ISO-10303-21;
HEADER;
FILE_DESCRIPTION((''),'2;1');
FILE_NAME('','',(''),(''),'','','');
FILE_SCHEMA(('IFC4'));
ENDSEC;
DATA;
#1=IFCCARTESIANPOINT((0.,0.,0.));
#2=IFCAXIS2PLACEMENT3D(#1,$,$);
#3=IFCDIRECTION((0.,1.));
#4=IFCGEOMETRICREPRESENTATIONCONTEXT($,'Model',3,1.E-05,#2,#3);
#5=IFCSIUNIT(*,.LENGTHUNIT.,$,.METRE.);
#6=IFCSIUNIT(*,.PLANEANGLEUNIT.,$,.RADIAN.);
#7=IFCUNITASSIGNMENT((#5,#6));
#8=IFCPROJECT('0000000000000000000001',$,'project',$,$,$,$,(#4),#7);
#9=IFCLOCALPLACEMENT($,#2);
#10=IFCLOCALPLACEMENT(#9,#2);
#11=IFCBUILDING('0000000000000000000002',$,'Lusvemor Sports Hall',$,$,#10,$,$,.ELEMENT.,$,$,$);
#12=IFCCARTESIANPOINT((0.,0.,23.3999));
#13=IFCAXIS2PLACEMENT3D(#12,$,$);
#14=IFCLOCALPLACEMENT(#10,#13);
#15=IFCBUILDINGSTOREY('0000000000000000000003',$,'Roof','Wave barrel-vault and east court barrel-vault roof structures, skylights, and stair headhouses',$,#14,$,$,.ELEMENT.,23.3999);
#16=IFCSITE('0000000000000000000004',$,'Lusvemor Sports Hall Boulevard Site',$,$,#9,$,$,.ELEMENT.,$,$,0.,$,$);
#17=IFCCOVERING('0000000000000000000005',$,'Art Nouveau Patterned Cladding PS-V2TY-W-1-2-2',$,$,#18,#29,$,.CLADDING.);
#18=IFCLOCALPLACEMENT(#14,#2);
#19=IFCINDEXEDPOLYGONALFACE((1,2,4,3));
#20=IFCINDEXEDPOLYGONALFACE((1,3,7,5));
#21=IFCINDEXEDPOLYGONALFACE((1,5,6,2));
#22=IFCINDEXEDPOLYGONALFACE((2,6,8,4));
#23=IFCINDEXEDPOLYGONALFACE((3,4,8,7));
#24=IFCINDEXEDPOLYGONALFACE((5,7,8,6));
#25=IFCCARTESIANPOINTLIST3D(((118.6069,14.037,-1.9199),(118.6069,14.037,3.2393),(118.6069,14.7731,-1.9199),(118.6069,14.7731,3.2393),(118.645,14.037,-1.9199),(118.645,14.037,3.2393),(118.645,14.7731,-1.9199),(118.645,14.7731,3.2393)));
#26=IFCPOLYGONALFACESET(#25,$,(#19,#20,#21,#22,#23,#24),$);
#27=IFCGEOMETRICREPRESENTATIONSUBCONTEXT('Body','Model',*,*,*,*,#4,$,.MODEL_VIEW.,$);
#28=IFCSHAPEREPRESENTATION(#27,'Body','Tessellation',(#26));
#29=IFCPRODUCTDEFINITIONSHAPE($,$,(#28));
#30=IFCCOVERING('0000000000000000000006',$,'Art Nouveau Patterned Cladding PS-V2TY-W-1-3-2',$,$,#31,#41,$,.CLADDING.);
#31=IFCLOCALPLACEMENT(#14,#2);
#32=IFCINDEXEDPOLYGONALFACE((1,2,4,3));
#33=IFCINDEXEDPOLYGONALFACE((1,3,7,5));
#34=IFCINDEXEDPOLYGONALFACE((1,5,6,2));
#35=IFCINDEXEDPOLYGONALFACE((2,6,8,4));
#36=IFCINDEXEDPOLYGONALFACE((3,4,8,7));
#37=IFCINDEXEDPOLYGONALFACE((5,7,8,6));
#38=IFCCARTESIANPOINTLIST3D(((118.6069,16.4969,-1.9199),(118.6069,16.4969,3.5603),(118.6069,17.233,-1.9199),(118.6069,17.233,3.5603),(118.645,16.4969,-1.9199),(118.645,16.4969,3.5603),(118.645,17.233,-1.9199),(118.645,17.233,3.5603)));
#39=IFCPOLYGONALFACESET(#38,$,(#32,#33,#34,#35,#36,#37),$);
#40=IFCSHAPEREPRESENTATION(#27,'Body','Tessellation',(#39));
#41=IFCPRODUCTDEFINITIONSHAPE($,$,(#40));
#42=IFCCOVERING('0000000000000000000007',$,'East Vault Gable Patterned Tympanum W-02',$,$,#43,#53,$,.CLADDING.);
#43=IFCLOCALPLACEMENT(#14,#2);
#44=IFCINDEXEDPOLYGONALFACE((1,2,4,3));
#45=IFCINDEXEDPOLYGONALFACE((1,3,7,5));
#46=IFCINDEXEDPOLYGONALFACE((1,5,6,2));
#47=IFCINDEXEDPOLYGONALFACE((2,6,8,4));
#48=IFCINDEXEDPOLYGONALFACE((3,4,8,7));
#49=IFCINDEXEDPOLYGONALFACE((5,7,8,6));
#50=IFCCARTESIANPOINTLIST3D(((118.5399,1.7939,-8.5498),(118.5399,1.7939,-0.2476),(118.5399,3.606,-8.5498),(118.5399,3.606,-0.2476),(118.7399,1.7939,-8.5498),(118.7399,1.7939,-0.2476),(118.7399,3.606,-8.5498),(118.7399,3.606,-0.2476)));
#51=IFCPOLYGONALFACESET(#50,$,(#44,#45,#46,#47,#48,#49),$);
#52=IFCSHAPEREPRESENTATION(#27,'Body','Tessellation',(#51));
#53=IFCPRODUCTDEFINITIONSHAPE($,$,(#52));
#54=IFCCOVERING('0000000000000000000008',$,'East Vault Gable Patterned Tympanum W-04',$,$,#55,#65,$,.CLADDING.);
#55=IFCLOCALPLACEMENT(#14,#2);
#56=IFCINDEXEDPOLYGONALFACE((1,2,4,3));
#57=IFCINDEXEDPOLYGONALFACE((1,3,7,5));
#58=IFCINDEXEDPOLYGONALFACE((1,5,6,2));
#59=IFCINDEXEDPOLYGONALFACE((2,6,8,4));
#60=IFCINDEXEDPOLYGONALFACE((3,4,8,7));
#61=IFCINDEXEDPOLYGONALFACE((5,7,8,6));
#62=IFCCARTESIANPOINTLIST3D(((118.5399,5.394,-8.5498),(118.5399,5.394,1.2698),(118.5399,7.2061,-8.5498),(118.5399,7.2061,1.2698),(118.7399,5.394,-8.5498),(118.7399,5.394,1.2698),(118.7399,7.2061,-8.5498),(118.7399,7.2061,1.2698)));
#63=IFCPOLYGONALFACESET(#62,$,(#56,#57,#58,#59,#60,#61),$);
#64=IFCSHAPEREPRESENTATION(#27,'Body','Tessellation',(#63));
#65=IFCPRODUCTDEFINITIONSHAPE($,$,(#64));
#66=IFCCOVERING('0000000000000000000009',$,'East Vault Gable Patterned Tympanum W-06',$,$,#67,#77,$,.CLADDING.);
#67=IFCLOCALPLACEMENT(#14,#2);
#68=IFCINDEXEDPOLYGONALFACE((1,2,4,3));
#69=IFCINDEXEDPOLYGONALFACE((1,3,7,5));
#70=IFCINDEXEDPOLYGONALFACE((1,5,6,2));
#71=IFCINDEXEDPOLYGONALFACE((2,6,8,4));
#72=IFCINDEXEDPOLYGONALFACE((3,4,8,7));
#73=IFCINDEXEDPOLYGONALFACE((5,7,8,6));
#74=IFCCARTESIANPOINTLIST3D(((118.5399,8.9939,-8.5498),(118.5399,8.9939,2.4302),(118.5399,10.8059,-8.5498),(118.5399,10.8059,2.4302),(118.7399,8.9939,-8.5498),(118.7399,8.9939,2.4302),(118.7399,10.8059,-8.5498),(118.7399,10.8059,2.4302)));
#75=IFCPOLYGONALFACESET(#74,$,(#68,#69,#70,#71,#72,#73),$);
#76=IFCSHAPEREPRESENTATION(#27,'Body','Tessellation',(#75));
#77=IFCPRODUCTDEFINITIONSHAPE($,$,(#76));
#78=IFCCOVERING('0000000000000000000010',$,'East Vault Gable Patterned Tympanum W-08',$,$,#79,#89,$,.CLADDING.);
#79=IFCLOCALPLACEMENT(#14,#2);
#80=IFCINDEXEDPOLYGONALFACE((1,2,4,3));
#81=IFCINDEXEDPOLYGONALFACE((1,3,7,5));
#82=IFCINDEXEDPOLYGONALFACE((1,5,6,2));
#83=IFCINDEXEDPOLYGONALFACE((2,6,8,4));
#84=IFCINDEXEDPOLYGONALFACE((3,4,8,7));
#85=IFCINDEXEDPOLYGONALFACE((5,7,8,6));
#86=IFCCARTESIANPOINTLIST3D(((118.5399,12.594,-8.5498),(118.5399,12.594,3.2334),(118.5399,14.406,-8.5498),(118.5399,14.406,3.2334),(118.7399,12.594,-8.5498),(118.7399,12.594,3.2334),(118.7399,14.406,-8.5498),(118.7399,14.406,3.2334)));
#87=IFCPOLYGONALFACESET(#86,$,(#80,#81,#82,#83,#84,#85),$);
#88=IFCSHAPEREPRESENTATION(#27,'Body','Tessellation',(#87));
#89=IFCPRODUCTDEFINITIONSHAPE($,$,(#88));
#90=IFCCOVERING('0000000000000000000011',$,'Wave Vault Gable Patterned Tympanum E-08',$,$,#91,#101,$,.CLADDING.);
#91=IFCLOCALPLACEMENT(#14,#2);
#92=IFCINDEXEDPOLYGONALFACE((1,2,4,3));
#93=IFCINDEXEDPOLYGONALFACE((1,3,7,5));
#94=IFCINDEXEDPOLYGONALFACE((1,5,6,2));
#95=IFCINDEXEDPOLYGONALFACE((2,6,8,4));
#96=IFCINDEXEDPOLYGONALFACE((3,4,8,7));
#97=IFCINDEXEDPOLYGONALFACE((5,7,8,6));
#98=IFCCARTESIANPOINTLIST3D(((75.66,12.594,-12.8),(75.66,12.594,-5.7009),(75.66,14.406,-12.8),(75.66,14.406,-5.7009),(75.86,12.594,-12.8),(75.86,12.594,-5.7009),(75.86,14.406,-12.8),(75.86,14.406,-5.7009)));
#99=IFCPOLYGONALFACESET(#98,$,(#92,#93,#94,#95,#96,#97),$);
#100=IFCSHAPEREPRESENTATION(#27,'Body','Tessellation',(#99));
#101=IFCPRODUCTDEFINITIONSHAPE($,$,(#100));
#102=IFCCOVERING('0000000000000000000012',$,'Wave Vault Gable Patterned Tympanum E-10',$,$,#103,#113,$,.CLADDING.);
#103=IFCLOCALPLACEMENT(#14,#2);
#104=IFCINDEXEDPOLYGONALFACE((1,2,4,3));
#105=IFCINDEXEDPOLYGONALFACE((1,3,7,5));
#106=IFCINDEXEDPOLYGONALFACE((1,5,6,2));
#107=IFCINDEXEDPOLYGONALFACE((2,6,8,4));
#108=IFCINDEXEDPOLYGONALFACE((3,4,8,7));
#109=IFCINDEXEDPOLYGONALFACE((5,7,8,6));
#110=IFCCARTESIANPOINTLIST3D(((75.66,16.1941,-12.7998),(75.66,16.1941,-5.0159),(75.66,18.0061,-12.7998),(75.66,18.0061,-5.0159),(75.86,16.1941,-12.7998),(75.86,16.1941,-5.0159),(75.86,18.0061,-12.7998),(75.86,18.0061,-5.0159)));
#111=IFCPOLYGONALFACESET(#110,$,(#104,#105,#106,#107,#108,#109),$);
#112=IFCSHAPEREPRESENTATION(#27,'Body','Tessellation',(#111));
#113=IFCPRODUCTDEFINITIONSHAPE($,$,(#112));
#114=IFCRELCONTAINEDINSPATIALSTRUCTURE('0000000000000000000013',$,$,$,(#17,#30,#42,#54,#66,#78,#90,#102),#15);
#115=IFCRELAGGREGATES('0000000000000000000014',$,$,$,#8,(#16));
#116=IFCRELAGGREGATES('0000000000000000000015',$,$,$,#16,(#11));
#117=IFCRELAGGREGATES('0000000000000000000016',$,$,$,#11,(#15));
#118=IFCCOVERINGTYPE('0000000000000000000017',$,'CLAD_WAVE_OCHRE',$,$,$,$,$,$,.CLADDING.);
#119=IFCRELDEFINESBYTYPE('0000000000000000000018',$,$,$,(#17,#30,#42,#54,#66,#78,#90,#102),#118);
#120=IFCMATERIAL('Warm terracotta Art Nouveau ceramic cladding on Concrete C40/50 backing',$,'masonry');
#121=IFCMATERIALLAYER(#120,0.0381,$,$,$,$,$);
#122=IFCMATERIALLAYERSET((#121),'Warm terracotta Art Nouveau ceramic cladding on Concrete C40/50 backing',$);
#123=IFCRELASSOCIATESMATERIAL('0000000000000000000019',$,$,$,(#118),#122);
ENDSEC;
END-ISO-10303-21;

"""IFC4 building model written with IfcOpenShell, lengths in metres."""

from ifc_helpers import new_model, si_unit, direction, frame, origin, origin_2d, place, context, subcontext, project, spatial, rectangle, extrude, material, layer, layer_set, type_object, element, save


model = new_model("IFC4")

# Units and contexts
model_context = context("Model", 3, precision=1e-05, world=origin(), true_north=direction((0.0, 1.0)))
body_context = subcontext(model_context, "Body", "Model", "MODEL_VIEW")
ifc_project = project(units=[si_unit("LENGTHUNIT", "METRE"), si_unit("PLANEANGLEUNIT", "RADIAN")], contexts=[model_context])

# Site, building, storey
site_placement = place(None, origin())
site = spatial("IfcSite", under=ifc_project, at=site_placement, Name="Lusvemor Sports Hall Boulevard Site", CompositionType="ELEMENT", RefElevation=0.0)
building_placement = place(site_placement, origin())
building = spatial("IfcBuilding", under=site, at=building_placement, Name="Lusvemor Sports Hall", CompositionType="ELEMENT")
storey_placement = place(building_placement, frame((0.0, 0.0, 23.3999)))
storey = spatial("IfcBuildingStorey", under=building, at=storey_placement, Name="Roof", Description="Wave barrel-vault and east court barrel-vault roof structures, skylights, and stair headhouses", CompositionType="ELEMENT", Elevation=23.3999)

# Coverings
ifc_material_1 = material(Name="Warm terracotta Art Nouveau ceramic cladding on Concrete C40/50 backing", Category="masonry")
ifc_layer_1 = layer(ifc_material_1, 0.0381)
ifc_layer_set_1 = layer_set([ifc_layer_1], Name="Warm terracotta Art Nouveau ceramic cladding on Concrete C40/50 backing")
covering_type_1 = type_object("IfcCoveringType", Name="CLAD_WAVE_OCHRE", PredefinedType="CLADDING", material=ifc_layer_set_1)
covering_1_placement = place(storey_placement, frame((118.626, 14.405, -1.9199), z_axis=(0.0, 0.0, 1.0), x_axis=(1.0, 0.0, 0.0)))
element("IfcCovering", 1, at=covering_1_placement, inside=storey, type_object=covering_type_1, Name="Art Nouveau Patterned Cladding PS-V2TY-W-1-2-2", PredefinedType="CLADDING", context=body_context, shape_type="SweptSolid", body=[
    extrude(rectangle(XDim=0.0381, YDim=0.7361, at=origin_2d()), origin(), (0.0, 0.0, 1.0), 5.1592),
])
covering_2_placement = place(storey_placement, frame((118.626, 16.865, -1.9199), z_axis=(0.0, 0.0, 1.0), x_axis=(1.0, 0.0, 0.0)))
element("IfcCovering", 2, at=covering_2_placement, inside=storey, type_object=covering_type_1, Name="Art Nouveau Patterned Cladding PS-V2TY-W-1-3-2", PredefinedType="CLADDING", context=body_context, shape_type="SweptSolid", body=[
    extrude(rectangle(XDim=0.0381, YDim=0.7361, at=origin_2d()), origin(), (0.0, 0.0, 1.0), 5.4802),
])
covering_3_placement = place(storey_placement, frame((118.6399, 2.7, -8.5498), z_axis=(0.0, 0.0, 1.0), x_axis=(1.0, 0.0, 0.0)))
element("IfcCovering", 3, at=covering_3_placement, inside=storey, type_object=covering_type_1, Name="East Vault Gable Patterned Tympanum W-02", PredefinedType="CLADDING", context=body_context, shape_type="SweptSolid", body=[
    extrude(rectangle(XDim=0.2, YDim=1.812, at=origin_2d()), origin(), (0.0, 0.0, 1.0), 8.3022),
])
covering_4_placement = place(storey_placement, frame((118.6399, 6.3, -8.5498), z_axis=(0.0, 0.0, 1.0), x_axis=(1.0, 0.0, 0.0)))
element("IfcCovering", 4, at=covering_4_placement, inside=storey, type_object=covering_type_1, Name="East Vault Gable Patterned Tympanum W-04", PredefinedType="CLADDING", context=body_context, shape_type="SweptSolid", body=[
    extrude(rectangle(XDim=0.2, YDim=1.812, at=origin_2d()), origin(), (0.0, 0.0, 1.0), 9.8196),
])
covering_5_placement = place(storey_placement, frame((118.6399, 9.8999, -8.5498), z_axis=(0.0, 0.0, 1.0), x_axis=(1.0, 0.0, 0.0)))
element("IfcCovering", 5, at=covering_5_placement, inside=storey, type_object=covering_type_1, Name="East Vault Gable Patterned Tympanum W-06", PredefinedType="CLADDING", context=body_context, shape_type="SweptSolid", body=[
    extrude(rectangle(XDim=0.2, YDim=1.812, at=origin_2d()), origin(), (0.0, 0.0, 1.0), 10.98),
])
covering_6_placement = place(storey_placement, frame((118.6399, 13.5, -8.5498), z_axis=(0.0, 0.0, 1.0), x_axis=(1.0, 0.0, 0.0)))
element("IfcCovering", 6, at=covering_6_placement, inside=storey, type_object=covering_type_1, Name="East Vault Gable Patterned Tympanum W-08", PredefinedType="CLADDING", context=body_context, shape_type="SweptSolid", body=[
    extrude(rectangle(XDim=0.2, YDim=1.812, at=origin_2d()), origin(), (0.0, 0.0, 1.0), 11.7832),
])
covering_7_placement = place(storey_placement, frame((75.76, 13.5, -12.8), z_axis=(0.0, 0.0, 1.0), x_axis=(1.0, 0.0, 0.0)))
element("IfcCovering", 7, at=covering_7_placement, inside=storey, type_object=covering_type_1, Name="Wave Vault Gable Patterned Tympanum E-08", PredefinedType="CLADDING", context=body_context, shape_type="SweptSolid", body=[
    extrude(rectangle(XDim=0.2, YDim=1.812, at=origin_2d()), origin(), (0.0, 0.0, 1.0), 7.0991),
])
covering_8_placement = place(storey_placement, frame((75.76, 17.1001, -12.7998), z_axis=(0.0, 0.0, 1.0), x_axis=(1.0, 0.0, 0.0)))
element("IfcCovering", 8, at=covering_8_placement, inside=storey, type_object=covering_type_1, Name="Wave Vault Gable Patterned Tympanum E-10", PredefinedType="CLADDING", context=body_context, shape_type="SweptSolid", body=[
    extrude(rectangle(XDim=0.2, YDim=1.812, at=origin_2d()), origin(), (0.0, 0.0, 1.0), 7.7839),
])

save(model, "model.ifc")
